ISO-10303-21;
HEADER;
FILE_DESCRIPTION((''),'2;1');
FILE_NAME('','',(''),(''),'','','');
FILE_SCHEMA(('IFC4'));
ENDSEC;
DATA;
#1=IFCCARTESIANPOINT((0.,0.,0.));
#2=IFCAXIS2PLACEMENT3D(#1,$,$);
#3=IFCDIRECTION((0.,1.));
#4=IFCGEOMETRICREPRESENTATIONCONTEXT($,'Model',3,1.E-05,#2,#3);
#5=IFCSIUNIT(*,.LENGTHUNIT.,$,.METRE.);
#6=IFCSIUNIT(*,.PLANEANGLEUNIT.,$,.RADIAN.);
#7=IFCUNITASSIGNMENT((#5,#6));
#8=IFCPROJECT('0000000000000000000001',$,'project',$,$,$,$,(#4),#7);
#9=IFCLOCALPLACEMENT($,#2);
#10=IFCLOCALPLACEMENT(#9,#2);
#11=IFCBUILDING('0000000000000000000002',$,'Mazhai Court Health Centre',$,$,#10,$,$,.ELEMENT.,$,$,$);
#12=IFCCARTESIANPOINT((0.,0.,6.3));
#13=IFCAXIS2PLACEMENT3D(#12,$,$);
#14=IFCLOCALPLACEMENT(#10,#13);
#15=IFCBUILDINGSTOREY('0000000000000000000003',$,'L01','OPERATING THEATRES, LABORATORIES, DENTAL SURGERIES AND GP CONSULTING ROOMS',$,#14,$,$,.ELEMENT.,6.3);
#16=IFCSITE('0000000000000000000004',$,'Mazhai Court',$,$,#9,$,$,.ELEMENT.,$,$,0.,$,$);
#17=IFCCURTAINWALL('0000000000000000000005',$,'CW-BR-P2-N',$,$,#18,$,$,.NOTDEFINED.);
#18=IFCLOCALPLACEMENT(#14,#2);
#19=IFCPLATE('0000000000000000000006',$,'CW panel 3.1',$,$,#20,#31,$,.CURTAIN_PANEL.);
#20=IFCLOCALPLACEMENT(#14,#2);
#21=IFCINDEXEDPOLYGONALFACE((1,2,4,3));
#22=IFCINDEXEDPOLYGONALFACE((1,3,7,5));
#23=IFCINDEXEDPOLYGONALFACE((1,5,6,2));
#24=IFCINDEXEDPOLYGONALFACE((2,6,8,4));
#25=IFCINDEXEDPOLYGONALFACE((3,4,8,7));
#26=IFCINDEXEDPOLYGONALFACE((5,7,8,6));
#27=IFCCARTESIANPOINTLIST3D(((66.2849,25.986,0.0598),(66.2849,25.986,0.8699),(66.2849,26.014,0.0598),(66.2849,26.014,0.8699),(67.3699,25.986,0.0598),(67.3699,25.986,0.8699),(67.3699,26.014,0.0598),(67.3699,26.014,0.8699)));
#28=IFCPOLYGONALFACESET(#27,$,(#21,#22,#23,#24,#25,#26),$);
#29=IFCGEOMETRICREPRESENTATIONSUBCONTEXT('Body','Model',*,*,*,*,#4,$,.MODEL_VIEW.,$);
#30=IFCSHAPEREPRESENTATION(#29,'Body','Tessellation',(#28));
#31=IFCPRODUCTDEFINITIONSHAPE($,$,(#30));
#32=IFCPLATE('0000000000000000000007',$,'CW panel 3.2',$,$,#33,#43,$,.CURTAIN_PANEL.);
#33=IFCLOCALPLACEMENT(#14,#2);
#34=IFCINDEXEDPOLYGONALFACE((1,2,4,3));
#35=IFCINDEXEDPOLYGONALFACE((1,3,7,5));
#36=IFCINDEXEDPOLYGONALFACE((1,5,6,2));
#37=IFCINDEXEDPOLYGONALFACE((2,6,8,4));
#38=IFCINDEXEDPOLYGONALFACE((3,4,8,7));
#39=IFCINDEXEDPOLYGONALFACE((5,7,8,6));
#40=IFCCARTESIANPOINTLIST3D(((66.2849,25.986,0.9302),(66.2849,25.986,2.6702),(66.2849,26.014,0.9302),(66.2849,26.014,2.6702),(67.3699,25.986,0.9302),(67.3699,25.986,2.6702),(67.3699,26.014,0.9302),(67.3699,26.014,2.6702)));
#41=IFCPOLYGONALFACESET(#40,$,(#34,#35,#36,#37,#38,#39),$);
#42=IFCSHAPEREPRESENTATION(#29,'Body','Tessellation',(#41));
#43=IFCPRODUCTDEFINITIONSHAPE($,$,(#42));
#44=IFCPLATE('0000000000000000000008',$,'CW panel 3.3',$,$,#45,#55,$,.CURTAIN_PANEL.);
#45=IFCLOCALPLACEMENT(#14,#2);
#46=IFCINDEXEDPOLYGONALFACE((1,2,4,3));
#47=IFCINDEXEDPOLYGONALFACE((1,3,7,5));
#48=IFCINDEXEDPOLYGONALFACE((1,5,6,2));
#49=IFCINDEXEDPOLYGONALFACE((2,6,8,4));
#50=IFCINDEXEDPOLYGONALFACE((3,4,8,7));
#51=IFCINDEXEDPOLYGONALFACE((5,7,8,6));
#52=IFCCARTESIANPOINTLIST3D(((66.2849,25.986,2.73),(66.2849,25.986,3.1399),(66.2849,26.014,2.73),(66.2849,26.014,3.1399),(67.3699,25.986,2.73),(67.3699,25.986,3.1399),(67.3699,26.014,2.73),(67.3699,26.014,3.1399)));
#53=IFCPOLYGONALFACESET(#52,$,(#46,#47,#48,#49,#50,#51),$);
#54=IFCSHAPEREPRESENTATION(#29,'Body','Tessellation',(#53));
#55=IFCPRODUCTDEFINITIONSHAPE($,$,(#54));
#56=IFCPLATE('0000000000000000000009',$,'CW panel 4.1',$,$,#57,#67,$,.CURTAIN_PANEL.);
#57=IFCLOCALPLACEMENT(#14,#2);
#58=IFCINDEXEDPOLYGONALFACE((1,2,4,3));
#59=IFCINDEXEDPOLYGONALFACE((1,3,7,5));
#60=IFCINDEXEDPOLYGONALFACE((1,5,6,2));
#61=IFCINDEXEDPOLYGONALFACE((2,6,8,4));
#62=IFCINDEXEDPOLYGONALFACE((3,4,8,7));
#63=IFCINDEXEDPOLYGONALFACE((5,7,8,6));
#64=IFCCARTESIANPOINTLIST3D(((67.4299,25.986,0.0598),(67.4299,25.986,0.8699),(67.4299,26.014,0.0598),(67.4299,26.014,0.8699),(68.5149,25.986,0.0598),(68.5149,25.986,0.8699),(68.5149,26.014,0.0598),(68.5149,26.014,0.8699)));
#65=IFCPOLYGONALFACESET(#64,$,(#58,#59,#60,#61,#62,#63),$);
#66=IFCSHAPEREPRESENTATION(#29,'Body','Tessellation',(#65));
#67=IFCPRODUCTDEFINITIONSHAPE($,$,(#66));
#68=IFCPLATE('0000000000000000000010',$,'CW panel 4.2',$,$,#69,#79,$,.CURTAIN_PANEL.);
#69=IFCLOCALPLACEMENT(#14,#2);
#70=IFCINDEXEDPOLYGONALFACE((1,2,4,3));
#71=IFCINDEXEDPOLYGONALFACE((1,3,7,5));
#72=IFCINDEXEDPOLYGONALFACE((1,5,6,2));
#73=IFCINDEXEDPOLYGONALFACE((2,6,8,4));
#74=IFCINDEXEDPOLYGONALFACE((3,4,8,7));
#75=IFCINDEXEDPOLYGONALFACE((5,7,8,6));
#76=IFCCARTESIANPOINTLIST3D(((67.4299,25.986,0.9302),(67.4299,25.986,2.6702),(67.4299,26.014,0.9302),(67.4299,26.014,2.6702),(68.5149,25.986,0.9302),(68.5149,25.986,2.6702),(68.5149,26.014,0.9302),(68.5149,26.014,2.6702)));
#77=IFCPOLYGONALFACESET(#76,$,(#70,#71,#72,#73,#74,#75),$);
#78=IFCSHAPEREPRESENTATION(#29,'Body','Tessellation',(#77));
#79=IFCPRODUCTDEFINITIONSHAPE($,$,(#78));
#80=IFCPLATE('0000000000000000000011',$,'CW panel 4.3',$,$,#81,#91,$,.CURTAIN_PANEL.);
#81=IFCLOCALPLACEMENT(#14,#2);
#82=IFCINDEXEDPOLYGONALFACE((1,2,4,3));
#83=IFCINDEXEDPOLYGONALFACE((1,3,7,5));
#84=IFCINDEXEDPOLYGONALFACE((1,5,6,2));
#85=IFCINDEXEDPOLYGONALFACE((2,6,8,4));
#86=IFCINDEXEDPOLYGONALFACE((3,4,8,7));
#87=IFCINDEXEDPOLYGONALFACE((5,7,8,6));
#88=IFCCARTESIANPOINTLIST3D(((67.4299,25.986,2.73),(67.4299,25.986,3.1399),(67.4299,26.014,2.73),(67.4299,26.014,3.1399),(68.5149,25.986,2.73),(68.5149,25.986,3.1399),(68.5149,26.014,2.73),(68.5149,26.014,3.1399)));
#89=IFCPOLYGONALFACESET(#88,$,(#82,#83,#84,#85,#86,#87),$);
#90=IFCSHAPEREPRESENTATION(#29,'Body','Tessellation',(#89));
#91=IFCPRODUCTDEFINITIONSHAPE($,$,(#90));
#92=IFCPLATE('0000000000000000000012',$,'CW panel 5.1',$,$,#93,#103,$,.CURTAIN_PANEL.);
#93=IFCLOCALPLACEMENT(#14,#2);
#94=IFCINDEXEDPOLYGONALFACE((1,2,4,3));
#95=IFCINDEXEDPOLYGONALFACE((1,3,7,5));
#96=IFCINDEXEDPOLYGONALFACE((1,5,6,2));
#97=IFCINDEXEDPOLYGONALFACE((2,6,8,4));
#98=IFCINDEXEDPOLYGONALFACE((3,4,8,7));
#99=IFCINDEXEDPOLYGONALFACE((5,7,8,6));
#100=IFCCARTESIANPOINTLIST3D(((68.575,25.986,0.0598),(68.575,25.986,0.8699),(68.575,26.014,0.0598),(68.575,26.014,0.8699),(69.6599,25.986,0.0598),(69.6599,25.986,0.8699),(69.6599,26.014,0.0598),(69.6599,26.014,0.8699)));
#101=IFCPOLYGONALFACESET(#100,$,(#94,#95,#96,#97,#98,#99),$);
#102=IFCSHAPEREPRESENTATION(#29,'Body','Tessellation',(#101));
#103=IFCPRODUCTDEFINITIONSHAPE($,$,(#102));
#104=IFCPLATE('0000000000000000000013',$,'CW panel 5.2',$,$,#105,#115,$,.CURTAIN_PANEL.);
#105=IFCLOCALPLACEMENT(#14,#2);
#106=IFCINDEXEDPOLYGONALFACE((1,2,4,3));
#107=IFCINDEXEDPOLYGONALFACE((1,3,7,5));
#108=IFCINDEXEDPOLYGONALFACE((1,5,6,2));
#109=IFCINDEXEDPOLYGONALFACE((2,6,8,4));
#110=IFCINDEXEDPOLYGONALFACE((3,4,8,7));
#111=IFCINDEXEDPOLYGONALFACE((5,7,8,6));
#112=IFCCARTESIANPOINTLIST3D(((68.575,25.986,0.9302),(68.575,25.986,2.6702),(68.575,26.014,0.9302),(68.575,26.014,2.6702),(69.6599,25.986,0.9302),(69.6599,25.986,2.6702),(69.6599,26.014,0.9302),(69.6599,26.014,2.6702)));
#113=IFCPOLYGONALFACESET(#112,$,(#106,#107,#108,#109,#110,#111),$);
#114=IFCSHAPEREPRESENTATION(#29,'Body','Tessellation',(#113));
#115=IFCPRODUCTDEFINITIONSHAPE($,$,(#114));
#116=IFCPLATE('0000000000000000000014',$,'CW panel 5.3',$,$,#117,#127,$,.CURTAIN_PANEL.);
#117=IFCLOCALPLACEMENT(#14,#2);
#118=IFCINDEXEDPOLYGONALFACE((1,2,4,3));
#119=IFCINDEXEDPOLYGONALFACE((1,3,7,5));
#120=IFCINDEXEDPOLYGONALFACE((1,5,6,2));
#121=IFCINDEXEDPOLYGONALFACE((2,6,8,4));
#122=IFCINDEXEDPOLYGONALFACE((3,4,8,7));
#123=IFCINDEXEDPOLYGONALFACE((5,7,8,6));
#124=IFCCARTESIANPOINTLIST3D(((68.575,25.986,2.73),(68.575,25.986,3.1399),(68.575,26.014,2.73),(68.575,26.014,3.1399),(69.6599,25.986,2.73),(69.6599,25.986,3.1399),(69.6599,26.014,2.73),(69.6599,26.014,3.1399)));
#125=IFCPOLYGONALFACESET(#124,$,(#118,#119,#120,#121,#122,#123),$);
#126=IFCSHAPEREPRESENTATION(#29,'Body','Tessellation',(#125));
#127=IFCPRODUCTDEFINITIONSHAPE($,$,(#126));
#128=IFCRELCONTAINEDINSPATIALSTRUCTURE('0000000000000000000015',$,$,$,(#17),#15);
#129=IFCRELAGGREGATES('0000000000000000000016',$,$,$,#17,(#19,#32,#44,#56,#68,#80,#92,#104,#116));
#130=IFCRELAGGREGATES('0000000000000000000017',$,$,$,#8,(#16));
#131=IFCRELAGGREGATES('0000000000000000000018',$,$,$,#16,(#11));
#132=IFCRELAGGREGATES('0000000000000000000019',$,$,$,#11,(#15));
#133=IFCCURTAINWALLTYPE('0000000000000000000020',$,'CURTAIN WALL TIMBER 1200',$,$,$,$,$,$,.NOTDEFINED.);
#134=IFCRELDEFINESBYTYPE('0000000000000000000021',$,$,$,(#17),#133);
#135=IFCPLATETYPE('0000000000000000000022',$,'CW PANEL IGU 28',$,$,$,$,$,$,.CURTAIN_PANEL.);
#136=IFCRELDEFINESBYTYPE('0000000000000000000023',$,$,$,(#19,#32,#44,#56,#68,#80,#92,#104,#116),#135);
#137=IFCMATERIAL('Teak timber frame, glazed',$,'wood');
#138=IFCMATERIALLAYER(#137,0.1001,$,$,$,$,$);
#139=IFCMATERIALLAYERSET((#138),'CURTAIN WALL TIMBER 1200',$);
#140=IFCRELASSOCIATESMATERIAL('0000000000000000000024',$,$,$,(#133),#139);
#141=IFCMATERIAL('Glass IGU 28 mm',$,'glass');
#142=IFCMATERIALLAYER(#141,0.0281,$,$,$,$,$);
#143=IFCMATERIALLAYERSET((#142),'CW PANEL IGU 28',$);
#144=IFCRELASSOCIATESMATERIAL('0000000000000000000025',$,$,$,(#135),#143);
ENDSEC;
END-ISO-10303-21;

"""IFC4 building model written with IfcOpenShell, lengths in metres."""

from ifc_helpers import new_model, si_unit, direction, frame, origin, origin_2d, place, context, subcontext, project, spatial, rectangle, extrude, material, layer, layer_set, type_object, element, aggregate, save


model = new_model("IFC4")

# Units and contexts
model_context = context("Model", 3, precision=1e-05, world=origin(), true_north=direction((0.0, 1.0)))
body_context = subcontext(model_context, "Body", "Model", "MODEL_VIEW")
ifc_project = project(units=[si_unit("LENGTHUNIT", "METRE"), si_unit("PLANEANGLEUNIT", "RADIAN")], contexts=[model_context])

# Site, building, storey
site_placement = place(None, origin())
site = spatial("IfcSite", under=ifc_project, at=site_placement, Name="Mazhai Court", CompositionType="ELEMENT", RefElevation=0.0)
building_placement = place(site_placement, origin())
building = spatial("IfcBuilding", under=site, at=building_placement, Name="Mazhai Court Health Centre", CompositionType="ELEMENT")
storey_placement = place(building_placement, frame((0.0, 0.0, 6.3)))
storey = spatial("IfcBuildingStorey", under=building, at=storey_placement, Name="L01", Description="OPERATING THEATRES, LABORATORIES, DENTAL SURGERIES AND GP CONSULTING ROOMS", CompositionType="ELEMENT", Elevation=6.3)

# Curtain wall, plates
ifc_material_1 = material(Name="Teak timber frame, glazed", Category="wood")
ifc_layer_1 = layer(ifc_material_1, 0.1001)
ifc_layer_set_1 = layer_set([ifc_layer_1], Name="CURTAIN WALL TIMBER 1200")
curtain_wall_type = type_object("IfcCurtainWallType", Name="CURTAIN WALL TIMBER 1200", PredefinedType="NOTDEFINED", material=ifc_layer_set_1)
curtain_wall_placement = place(storey_placement, origin())
curtain_wall = element("IfcCurtainWall", 1, at=curtain_wall_placement, inside=storey, type_object=curtain_wall_type, Name="CW-BR-P2-N", PredefinedType="NOTDEFINED")
ifc_material_2 = material(Name="Glass IGU 28 mm", Category="glass")
ifc_layer_2 = layer(ifc_material_2, 0.0281)
ifc_layer_set_2 = layer_set([ifc_layer_2], Name="CW PANEL IGU 28")
plate_type = type_object("IfcPlateType", Name="CW PANEL IGU 28", PredefinedType="CURTAIN_PANEL", material=ifc_layer_set_2)
plate_1_placement = place(storey_placement, frame((66.8274, 26.0, 0.0598), z_axis=(0.0, 0.0, 1.0), x_axis=(1.0, 0.0, 0.0)))
plate_1 = element("IfcPlate", 2, at=plate_1_placement, type_object=plate_type, Name="CW panel 3.1", PredefinedType="CURTAIN_PANEL", context=body_context, shape_type="SweptSolid", body=[
    extrude(rectangle(XDim=1.085, YDim=0.0281, at=origin_2d()), origin(), (0.0, 0.0, 1.0), 0.8101),
])
plate_2_placement = place(storey_placement, frame((66.8274, 26.0, 0.9302), z_axis=(0.0, 0.0, 1.0), x_axis=(1.0, 0.0, 0.0)))
plate_2 = element("IfcPlate", 3, at=plate_2_placement, type_object=plate_type, Name="CW panel 3.2", PredefinedType="CURTAIN_PANEL", context=body_context, shape_type="SweptSolid", body=[
    extrude(rectangle(XDim=1.085, YDim=0.0281, at=origin_2d()), origin(), (0.0, 0.0, 1.0), 1.74),
])
plate_3_placement = place(storey_placement, frame((66.8274, 26.0, 2.73), z_axis=(0.0, 0.0, 1.0), x_axis=(1.0, 0.0, 0.0)))
plate_3 = element("IfcPlate", 4, at=plate_3_placement, type_object=plate_type, Name="CW panel 3.3", PredefinedType="CURTAIN_PANEL", context=body_context, shape_type="SweptSolid", body=[
    extrude(rectangle(XDim=1.085, YDim=0.0281, at=origin_2d()), origin(), (0.0, 0.0, 1.0), 0.4099),
])
plate_4_placement = place(storey_placement, frame((67.9724, 26.0, 0.0598), z_axis=(0.0, 0.0, 1.0), x_axis=(1.0, 0.0, 0.0)))
plate_4 = element("IfcPlate", 5, at=plate_4_placement, type_object=plate_type, Name="CW panel 4.1", PredefinedType="CURTAIN_PANEL", context=body_context, shape_type="SweptSolid", body=[
    extrude(rectangle(XDim=1.085, YDim=0.0281, at=origin_2d()), origin(), (0.0, 0.0, 1.0), 0.8101),
])
plate_5_placement = place(storey_placement, frame((67.9724, 26.0, 0.9302), z_axis=(0.0, 0.0, 1.0), x_axis=(1.0, 0.0, 0.0)))
plate_5 = element("IfcPlate", 6, at=plate_5_placement, type_object=plate_type, Name="CW panel 4.2", PredefinedType="CURTAIN_PANEL", context=body_context, shape_type="SweptSolid", body=[
    extrude(rectangle(XDim=1.085, YDim=0.0281, at=origin_2d()), origin(), (0.0, 0.0, 1.0), 1.74),
])
plate_6_placement = place(storey_placement, frame((67.9724, 26.0, 2.73), z_axis=(0.0, 0.0, 1.0), x_axis=(1.0, 0.0, 0.0)))
plate_6 = element("IfcPlate", 7, at=plate_6_placement, type_object=plate_type, Name="CW panel 4.3", PredefinedType="CURTAIN_PANEL", context=body_context, shape_type="SweptSolid", body=[
    extrude(rectangle(XDim=1.085, YDim=0.0281, at=origin_2d()), origin(), (0.0, 0.0, 1.0), 0.4099),
])
plate_7_placement = place(storey_placement, frame((69.1174, 26.0, 0.0598), z_axis=(0.0, 0.0, 1.0), x_axis=(1.0, 0.0, 0.0)))
plate_7 = element("IfcPlate", 8, at=plate_7_placement, type_object=plate_type, Name="CW panel 5.1", PredefinedType="CURTAIN_PANEL", context=body_context, shape_type="SweptSolid", body=[
    extrude(rectangle(XDim=1.085, YDim=0.0281, at=origin_2d()), origin(), (0.0, 0.0, 1.0), 0.8101),
])
plate_8_placement = place(storey_placement, frame((69.1174, 26.0, 0.9302), z_axis=(0.0, 0.0, 1.0), x_axis=(1.0, 0.0, 0.0)))
plate_8 = element("IfcPlate", 9, at=plate_8_placement, type_object=plate_type, Name="CW panel 5.2", PredefinedType="CURTAIN_PANEL", context=body_context, shape_type="SweptSolid", body=[
    extrude(rectangle(XDim=1.085, YDim=0.0281, at=origin_2d()), origin(), (0.0, 0.0, 1.0), 1.74),
])
plate_9_placement = place(storey_placement, frame((69.1174, 26.0, 2.73), z_axis=(0.0, 0.0, 1.0), x_axis=(1.0, 0.0, 0.0)))
plate_9 = element("IfcPlate", 10, at=plate_9_placement, type_object=plate_type, Name="CW panel 5.3", PredefinedType="CURTAIN_PANEL", context=body_context, shape_type="SweptSolid", body=[
    extrude(rectangle(XDim=1.085, YDim=0.0281, at=origin_2d()), origin(), (0.0, 0.0, 1.0), 0.4099),
])
aggregate(curtain_wall, [plate_1, plate_2, plate_3, plate_4, plate_5, plate_6, plate_7, plate_8, plate_9])

save(model, "model.ifc")
